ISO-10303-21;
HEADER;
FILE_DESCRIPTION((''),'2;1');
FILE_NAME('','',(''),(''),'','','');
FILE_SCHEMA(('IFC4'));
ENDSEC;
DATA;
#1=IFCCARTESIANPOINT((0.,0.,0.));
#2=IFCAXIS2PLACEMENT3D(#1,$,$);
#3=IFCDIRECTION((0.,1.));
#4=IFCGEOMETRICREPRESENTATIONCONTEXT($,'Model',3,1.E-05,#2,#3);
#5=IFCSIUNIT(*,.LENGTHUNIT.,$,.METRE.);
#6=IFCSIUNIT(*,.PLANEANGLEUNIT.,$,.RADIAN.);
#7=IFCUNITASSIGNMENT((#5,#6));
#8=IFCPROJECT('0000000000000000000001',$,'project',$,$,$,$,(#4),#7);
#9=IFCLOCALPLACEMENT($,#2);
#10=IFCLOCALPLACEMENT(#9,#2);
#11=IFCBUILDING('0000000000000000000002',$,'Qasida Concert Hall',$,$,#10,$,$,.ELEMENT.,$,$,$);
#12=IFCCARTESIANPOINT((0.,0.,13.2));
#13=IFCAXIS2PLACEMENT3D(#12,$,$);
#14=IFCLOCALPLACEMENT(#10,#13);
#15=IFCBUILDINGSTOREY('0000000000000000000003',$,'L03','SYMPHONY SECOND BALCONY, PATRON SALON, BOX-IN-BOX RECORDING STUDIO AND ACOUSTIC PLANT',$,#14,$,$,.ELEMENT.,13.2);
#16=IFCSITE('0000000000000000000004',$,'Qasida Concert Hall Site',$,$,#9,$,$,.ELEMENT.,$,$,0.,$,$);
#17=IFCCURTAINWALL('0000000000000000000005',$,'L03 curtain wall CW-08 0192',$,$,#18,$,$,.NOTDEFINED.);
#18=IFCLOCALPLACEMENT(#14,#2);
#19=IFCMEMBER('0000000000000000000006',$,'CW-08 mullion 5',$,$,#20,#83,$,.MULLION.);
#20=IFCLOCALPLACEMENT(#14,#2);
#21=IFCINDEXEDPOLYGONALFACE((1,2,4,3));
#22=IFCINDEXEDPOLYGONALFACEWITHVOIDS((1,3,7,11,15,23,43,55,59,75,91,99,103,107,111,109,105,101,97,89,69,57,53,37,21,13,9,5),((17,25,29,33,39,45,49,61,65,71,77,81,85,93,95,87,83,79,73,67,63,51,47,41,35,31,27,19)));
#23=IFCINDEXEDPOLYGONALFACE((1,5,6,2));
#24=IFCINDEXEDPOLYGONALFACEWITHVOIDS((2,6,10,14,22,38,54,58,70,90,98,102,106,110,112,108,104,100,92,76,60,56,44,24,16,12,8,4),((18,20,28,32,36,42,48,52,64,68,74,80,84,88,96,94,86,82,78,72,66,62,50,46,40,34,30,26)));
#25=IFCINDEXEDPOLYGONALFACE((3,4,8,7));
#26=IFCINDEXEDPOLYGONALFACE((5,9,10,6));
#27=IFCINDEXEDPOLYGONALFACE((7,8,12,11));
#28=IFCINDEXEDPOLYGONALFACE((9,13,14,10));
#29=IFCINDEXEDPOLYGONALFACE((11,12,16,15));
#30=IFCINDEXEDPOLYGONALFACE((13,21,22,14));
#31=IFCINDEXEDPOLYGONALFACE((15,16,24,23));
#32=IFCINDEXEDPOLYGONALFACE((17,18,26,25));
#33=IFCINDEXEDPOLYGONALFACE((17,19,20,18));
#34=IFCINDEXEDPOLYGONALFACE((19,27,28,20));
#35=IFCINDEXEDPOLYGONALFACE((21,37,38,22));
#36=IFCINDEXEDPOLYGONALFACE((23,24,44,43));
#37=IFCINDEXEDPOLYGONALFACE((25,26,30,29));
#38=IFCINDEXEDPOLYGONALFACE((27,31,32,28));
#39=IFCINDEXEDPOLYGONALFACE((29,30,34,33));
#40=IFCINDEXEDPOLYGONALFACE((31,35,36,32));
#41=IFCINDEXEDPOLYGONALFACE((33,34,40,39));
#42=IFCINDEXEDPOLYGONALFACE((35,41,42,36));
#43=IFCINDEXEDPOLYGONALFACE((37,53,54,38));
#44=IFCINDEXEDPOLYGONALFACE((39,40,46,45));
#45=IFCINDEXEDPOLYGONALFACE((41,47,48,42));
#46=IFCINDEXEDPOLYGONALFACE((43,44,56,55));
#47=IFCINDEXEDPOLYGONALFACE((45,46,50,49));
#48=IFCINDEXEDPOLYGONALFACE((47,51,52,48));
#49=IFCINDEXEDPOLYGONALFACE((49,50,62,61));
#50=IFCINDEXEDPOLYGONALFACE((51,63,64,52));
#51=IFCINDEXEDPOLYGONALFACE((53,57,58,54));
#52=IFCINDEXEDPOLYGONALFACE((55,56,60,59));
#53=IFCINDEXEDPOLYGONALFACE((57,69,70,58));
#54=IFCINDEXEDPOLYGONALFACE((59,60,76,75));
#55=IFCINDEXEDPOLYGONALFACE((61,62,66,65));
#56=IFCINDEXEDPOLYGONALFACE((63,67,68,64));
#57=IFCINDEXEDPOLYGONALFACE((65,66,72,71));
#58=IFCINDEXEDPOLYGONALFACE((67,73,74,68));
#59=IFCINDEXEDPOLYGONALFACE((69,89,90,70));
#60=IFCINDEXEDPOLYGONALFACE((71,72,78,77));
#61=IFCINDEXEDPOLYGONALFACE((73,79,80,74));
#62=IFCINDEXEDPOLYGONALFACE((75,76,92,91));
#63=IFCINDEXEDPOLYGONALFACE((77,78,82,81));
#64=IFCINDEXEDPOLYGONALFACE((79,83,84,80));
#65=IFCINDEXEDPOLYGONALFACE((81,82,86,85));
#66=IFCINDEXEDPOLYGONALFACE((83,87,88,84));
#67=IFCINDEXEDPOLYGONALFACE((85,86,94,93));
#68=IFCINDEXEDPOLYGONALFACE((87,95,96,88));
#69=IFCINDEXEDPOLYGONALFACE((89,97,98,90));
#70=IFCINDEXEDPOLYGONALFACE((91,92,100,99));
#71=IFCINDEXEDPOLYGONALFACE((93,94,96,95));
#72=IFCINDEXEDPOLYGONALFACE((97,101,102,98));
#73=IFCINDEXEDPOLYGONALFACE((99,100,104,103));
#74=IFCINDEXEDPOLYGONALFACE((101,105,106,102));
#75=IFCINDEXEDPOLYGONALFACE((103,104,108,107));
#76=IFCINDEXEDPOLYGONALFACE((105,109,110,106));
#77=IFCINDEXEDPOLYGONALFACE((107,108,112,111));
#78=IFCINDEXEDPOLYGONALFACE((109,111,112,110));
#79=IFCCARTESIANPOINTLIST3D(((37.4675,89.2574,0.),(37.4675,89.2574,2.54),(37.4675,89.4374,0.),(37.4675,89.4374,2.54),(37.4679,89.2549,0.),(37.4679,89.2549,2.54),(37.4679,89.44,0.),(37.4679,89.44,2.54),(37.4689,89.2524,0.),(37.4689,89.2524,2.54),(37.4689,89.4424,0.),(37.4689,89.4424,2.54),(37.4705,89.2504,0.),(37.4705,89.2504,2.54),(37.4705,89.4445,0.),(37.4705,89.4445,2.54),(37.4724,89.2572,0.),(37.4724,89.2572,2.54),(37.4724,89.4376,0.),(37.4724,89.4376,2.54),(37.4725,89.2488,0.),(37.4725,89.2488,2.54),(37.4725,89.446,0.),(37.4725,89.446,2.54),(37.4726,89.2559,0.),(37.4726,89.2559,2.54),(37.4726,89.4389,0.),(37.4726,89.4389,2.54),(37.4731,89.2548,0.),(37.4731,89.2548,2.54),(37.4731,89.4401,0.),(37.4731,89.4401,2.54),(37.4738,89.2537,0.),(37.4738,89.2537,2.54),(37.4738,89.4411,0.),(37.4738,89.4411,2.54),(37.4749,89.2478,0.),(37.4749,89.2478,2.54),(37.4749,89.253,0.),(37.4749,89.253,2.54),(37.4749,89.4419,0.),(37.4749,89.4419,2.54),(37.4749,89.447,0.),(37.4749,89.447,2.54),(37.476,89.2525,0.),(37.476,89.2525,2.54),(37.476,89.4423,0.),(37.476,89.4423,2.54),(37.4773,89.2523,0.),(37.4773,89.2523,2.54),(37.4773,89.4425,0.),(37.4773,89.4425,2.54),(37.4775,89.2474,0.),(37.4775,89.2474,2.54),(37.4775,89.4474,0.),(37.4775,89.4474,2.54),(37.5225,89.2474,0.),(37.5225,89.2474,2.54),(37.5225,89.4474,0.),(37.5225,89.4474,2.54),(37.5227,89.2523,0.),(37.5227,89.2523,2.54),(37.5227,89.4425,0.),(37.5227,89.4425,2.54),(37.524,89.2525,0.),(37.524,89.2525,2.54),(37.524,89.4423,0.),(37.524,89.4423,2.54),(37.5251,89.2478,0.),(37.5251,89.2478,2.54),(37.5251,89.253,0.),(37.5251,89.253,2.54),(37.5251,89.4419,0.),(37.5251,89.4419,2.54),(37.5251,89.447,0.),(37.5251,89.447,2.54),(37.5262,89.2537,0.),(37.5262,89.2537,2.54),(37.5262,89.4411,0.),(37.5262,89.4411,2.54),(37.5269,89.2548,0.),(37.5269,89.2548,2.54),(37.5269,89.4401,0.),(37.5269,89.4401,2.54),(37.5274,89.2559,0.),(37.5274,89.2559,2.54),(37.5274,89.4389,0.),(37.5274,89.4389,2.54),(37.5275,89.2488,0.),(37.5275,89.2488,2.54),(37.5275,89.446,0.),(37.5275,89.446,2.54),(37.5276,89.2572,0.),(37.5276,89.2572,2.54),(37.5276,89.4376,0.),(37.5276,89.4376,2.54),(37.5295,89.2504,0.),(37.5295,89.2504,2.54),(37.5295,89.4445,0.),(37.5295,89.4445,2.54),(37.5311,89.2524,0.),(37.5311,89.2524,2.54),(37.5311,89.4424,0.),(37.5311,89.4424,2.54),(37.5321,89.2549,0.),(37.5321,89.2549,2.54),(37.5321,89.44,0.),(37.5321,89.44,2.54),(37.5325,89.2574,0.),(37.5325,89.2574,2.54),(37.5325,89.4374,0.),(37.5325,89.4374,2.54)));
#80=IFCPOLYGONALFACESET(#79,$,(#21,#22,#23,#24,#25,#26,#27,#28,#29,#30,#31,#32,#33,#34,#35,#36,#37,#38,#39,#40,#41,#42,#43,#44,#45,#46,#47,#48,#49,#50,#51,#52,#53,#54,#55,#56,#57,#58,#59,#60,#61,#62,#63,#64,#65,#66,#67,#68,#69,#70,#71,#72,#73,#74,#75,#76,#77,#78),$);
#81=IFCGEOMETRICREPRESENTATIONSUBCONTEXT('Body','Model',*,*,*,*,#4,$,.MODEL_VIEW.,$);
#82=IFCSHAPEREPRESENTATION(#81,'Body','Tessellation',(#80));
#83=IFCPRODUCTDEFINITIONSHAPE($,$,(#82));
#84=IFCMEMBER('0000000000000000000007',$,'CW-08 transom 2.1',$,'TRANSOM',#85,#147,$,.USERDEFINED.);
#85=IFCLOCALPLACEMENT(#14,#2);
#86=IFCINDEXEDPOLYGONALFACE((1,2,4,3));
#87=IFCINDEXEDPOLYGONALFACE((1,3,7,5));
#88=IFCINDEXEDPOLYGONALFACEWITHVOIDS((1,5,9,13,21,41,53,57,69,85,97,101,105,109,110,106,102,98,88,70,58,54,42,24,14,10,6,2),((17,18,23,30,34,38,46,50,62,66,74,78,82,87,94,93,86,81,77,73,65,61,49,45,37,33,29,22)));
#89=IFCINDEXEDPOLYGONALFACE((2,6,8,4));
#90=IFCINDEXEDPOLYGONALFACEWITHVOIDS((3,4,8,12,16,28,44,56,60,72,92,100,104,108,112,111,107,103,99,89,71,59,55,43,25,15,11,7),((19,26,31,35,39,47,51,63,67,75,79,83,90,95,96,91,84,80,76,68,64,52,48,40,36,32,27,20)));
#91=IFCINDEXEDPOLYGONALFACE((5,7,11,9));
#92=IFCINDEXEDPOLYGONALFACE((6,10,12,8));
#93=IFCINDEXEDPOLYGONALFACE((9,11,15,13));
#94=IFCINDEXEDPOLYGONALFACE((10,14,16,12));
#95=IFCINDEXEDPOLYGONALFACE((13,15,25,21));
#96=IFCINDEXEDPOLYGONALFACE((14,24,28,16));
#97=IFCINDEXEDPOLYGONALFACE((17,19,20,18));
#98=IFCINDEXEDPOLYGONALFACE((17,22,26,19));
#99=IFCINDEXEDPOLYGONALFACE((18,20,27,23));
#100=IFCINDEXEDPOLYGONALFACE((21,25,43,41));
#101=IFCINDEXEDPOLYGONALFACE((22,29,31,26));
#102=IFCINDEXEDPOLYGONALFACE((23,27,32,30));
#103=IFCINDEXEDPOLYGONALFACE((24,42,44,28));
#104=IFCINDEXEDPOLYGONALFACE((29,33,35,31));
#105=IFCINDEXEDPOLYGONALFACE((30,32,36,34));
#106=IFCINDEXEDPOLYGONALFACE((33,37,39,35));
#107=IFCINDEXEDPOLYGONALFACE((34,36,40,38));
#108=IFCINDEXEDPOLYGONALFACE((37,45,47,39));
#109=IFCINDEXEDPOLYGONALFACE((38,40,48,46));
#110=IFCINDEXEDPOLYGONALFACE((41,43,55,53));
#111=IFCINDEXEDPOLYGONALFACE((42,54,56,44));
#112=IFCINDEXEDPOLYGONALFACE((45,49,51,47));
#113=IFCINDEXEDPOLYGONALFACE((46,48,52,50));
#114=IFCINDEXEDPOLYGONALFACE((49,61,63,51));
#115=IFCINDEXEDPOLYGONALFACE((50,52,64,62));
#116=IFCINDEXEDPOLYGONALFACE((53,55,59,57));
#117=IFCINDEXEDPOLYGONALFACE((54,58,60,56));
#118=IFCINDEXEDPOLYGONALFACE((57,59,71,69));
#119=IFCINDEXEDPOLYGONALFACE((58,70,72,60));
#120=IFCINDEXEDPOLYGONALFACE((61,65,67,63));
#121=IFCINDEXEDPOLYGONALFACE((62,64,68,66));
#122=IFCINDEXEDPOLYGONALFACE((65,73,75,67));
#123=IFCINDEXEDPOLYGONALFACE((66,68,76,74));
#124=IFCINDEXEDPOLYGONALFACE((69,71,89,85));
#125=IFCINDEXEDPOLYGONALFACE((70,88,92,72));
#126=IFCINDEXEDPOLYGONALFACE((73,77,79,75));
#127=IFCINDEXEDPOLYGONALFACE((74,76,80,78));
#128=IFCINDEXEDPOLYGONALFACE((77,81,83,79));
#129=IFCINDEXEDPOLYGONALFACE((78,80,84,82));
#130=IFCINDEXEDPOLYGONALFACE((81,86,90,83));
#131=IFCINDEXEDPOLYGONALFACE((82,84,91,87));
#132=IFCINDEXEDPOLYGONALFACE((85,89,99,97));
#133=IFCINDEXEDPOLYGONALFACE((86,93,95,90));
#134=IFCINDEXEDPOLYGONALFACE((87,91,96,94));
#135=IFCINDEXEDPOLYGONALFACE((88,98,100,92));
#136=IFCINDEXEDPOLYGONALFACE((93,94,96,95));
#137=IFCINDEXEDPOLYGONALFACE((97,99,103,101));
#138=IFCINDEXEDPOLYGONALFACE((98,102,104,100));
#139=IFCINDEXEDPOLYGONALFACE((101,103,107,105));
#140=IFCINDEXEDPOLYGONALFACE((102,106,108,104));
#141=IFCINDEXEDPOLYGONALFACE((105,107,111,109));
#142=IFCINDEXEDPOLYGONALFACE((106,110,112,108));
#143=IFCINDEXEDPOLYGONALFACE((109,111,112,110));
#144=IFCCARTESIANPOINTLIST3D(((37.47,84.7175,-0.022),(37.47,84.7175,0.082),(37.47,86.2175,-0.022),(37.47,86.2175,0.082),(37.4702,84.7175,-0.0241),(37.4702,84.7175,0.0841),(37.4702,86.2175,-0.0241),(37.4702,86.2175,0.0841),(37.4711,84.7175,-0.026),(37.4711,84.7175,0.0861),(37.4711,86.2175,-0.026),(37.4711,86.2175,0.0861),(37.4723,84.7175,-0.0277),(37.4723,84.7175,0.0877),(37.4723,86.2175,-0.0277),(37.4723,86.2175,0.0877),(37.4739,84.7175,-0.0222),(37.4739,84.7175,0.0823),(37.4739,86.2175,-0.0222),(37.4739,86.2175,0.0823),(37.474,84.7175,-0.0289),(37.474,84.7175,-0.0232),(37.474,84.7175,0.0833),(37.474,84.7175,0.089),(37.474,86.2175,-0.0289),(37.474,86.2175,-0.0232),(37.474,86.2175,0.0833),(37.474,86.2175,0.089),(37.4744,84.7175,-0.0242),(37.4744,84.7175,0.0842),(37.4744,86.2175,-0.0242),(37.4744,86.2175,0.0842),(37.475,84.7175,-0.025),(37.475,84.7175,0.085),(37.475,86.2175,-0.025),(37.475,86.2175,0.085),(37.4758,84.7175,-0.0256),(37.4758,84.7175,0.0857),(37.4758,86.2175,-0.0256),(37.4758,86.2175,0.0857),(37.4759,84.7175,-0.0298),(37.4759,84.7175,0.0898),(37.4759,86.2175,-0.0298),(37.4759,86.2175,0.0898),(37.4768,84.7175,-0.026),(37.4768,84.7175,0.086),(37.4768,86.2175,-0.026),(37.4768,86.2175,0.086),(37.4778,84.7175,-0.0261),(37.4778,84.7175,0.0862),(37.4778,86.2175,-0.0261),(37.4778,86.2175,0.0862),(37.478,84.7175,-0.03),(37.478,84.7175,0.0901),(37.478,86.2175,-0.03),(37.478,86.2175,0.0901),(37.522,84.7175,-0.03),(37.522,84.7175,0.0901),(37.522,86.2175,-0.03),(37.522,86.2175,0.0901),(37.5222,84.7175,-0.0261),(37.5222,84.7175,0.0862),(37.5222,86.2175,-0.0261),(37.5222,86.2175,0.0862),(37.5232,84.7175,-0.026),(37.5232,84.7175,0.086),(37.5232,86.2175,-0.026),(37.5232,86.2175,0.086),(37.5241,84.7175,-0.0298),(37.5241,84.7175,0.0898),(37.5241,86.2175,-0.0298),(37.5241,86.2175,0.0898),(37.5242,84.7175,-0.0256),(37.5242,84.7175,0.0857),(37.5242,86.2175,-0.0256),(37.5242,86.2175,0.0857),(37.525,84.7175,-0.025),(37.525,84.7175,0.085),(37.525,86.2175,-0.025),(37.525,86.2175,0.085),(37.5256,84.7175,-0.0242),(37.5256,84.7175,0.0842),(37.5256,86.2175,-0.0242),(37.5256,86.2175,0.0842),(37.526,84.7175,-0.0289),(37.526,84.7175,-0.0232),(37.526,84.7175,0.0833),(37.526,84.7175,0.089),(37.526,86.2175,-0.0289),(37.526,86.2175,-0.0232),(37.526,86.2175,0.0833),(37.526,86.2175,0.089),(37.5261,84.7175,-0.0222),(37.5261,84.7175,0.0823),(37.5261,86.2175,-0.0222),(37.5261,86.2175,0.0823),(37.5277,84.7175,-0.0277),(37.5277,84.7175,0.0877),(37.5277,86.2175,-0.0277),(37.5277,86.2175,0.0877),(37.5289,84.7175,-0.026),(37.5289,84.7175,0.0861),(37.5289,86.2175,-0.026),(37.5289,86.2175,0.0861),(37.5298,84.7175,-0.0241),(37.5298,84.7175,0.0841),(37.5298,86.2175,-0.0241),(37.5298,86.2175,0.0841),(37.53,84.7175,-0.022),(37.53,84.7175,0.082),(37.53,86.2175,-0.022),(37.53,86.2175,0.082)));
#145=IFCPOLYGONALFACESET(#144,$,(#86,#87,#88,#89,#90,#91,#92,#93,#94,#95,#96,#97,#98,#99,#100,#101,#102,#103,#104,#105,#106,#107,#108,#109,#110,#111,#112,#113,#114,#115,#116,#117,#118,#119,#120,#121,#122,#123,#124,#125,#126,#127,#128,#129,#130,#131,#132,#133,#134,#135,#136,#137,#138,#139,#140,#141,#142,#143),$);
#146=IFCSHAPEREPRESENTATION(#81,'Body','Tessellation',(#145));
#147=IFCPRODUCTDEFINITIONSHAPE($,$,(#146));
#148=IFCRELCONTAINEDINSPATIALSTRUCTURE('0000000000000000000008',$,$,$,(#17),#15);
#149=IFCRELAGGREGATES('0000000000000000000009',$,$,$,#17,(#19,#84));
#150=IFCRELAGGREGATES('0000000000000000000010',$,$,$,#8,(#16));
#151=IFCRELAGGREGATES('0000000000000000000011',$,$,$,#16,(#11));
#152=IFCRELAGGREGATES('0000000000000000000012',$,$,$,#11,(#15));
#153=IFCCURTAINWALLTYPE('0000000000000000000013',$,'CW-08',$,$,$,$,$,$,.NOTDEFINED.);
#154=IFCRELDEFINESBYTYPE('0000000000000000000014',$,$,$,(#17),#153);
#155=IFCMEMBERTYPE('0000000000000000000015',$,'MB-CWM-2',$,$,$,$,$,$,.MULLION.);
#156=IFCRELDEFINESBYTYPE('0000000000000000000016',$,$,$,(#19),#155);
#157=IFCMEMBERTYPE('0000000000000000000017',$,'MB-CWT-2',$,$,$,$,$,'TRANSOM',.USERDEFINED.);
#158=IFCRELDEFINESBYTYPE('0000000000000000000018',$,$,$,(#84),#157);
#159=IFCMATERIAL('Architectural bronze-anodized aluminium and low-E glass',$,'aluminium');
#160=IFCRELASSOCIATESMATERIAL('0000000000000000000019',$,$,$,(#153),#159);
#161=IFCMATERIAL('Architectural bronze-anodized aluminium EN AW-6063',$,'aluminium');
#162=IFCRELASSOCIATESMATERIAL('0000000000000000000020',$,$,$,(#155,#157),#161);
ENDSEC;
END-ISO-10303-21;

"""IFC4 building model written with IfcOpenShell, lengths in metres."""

from ifc_helpers import new_model, si_unit, direction, frame, origin, origin_2d, place, context, subcontext, project, spatial, hollow_rectangle, extrude, material, material_profile, profile_set, type_object, element, aggregate, save


model = new_model("IFC4")

# Units and contexts
model_context = context("Model", 3, precision=1e-05, world=origin(), true_north=direction((0.0, 1.0)))
body_context = subcontext(model_context, "Body", "Model", "MODEL_VIEW")
ifc_project = project(units=[si_unit("LENGTHUNIT", "METRE"), si_unit("PLANEANGLEUNIT", "RADIAN")], contexts=[model_context])

# Site, building, storey
site_placement = place(None, origin())
site = spatial("IfcSite", under=ifc_project, at=site_placement, Name="Qasida Concert Hall Site", CompositionType="ELEMENT", RefElevation=0.0)
building_placement = place(site_placement, origin())
building = spatial("IfcBuilding", under=site, at=building_placement, Name="Qasida Concert Hall", CompositionType="ELEMENT")
storey_placement = place(building_placement, frame((0.0, 0.0, 13.2)))
storey = spatial("IfcBuildingStorey", under=building, at=storey_placement, Name="L03", Description="SYMPHONY SECOND BALCONY, PATRON SALON, BOX-IN-BOX RECORDING STUDIO AND ACOUSTIC PLANT", CompositionType="ELEMENT", Elevation=13.2)

# Curtain wall, members
ifc_material_1 = material(Name="Architectural bronze-anodized aluminium and low-E glass", Category="aluminium")
curtain_wall_type = type_object("IfcCurtainWallType", Name="CW-08", PredefinedType="NOTDEFINED", material=ifc_material_1)
curtain_wall_placement = place(storey_placement, origin())
curtain_wall = element("IfcCurtainWall", 1, at=curtain_wall_placement, inside=storey, type_object=curtain_wall_type, Name="L03 curtain wall CW-08 0192", PredefinedType="NOTDEFINED")
ifc_material_2 = material(Name="Architectural bronze-anodized aluminium EN AW-6063", Category="aluminium")
ifc_material_profile_1 = material_profile(ifc_material_2, hollow_rectangle(XDim=0.0649, YDim=0.2, WallThickness=0.0049, InnerFilletRadius=0.0049, OuterFilletRadius=0.01, at=origin_2d()), Name="CWM 200x65x5")
ifc_profile_set_1 = profile_set([ifc_material_profile_1], Name="Architectural bronze-anodized aluminium EN AW-6063")
member_type_1 = type_object("IfcMemberType", Name="MB-CWM-2", PredefinedType="MULLION", material=ifc_profile_set_1)
member_1_placement = place(storey_placement, frame((37.5, 89.3474, 0.0), z_axis=(0.0, 0.0, 1.0), x_axis=(-1.0, 0.0, 0.0)))
member_1 = element("IfcMember", 2, at=member_1_placement, type_object=member_type_1, Name="CW-08 mullion 5", PredefinedType="MULLION", context=body_context, shape_type="SweptSolid", body=[
    extrude(hollow_rectangle(XDim=0.0649, YDim=0.2, WallThickness=0.0049, InnerFilletRadius=0.0049, OuterFilletRadius=0.01, at=origin_2d()), origin(), (0.0, 0.0, 1.0), 2.54),
])
ifc_material_profile_2 = material_profile(ifc_material_2, hollow_rectangle(XDim=0.0601, YDim=0.1201, WallThickness=0.0039, InnerFilletRadius=0.0039, OuterFilletRadius=0.0081, at=origin_2d()), Name="CWT 120x60x4")
ifc_profile_set_2 = profile_set([ifc_material_profile_2], Name="Architectural bronze-anodized aluminium EN AW-6063")
member_type_2 = type_object("IfcMemberType", Name="MB-CWT-2", ElementType="TRANSOM", PredefinedType="USERDEFINED", material=ifc_profile_set_2)
member_2_placement = place(storey_placement, frame((37.5, 84.7175, 0.03), z_axis=(0.0, 1.0, 0.0), x_axis=(-1.0, 0.0, 0.0)))
member_2 = element("IfcMember", 3, at=member_2_placement, type_object=member_type_2, Name="CW-08 transom 2.1", ObjectType="TRANSOM", PredefinedType="USERDEFINED", context=body_context, shape_type="SweptSolid", body=[
    extrude(hollow_rectangle(XDim=0.0601, YDim=0.1201, WallThickness=0.0039, InnerFilletRadius=0.0039, OuterFilletRadius=0.0081, at=origin_2d()), origin(), (0.0, 0.0, 1.0), 1.5),
])
aggregate(curtain_wall, [member_1, member_2])

save(model, "model.ifc")
